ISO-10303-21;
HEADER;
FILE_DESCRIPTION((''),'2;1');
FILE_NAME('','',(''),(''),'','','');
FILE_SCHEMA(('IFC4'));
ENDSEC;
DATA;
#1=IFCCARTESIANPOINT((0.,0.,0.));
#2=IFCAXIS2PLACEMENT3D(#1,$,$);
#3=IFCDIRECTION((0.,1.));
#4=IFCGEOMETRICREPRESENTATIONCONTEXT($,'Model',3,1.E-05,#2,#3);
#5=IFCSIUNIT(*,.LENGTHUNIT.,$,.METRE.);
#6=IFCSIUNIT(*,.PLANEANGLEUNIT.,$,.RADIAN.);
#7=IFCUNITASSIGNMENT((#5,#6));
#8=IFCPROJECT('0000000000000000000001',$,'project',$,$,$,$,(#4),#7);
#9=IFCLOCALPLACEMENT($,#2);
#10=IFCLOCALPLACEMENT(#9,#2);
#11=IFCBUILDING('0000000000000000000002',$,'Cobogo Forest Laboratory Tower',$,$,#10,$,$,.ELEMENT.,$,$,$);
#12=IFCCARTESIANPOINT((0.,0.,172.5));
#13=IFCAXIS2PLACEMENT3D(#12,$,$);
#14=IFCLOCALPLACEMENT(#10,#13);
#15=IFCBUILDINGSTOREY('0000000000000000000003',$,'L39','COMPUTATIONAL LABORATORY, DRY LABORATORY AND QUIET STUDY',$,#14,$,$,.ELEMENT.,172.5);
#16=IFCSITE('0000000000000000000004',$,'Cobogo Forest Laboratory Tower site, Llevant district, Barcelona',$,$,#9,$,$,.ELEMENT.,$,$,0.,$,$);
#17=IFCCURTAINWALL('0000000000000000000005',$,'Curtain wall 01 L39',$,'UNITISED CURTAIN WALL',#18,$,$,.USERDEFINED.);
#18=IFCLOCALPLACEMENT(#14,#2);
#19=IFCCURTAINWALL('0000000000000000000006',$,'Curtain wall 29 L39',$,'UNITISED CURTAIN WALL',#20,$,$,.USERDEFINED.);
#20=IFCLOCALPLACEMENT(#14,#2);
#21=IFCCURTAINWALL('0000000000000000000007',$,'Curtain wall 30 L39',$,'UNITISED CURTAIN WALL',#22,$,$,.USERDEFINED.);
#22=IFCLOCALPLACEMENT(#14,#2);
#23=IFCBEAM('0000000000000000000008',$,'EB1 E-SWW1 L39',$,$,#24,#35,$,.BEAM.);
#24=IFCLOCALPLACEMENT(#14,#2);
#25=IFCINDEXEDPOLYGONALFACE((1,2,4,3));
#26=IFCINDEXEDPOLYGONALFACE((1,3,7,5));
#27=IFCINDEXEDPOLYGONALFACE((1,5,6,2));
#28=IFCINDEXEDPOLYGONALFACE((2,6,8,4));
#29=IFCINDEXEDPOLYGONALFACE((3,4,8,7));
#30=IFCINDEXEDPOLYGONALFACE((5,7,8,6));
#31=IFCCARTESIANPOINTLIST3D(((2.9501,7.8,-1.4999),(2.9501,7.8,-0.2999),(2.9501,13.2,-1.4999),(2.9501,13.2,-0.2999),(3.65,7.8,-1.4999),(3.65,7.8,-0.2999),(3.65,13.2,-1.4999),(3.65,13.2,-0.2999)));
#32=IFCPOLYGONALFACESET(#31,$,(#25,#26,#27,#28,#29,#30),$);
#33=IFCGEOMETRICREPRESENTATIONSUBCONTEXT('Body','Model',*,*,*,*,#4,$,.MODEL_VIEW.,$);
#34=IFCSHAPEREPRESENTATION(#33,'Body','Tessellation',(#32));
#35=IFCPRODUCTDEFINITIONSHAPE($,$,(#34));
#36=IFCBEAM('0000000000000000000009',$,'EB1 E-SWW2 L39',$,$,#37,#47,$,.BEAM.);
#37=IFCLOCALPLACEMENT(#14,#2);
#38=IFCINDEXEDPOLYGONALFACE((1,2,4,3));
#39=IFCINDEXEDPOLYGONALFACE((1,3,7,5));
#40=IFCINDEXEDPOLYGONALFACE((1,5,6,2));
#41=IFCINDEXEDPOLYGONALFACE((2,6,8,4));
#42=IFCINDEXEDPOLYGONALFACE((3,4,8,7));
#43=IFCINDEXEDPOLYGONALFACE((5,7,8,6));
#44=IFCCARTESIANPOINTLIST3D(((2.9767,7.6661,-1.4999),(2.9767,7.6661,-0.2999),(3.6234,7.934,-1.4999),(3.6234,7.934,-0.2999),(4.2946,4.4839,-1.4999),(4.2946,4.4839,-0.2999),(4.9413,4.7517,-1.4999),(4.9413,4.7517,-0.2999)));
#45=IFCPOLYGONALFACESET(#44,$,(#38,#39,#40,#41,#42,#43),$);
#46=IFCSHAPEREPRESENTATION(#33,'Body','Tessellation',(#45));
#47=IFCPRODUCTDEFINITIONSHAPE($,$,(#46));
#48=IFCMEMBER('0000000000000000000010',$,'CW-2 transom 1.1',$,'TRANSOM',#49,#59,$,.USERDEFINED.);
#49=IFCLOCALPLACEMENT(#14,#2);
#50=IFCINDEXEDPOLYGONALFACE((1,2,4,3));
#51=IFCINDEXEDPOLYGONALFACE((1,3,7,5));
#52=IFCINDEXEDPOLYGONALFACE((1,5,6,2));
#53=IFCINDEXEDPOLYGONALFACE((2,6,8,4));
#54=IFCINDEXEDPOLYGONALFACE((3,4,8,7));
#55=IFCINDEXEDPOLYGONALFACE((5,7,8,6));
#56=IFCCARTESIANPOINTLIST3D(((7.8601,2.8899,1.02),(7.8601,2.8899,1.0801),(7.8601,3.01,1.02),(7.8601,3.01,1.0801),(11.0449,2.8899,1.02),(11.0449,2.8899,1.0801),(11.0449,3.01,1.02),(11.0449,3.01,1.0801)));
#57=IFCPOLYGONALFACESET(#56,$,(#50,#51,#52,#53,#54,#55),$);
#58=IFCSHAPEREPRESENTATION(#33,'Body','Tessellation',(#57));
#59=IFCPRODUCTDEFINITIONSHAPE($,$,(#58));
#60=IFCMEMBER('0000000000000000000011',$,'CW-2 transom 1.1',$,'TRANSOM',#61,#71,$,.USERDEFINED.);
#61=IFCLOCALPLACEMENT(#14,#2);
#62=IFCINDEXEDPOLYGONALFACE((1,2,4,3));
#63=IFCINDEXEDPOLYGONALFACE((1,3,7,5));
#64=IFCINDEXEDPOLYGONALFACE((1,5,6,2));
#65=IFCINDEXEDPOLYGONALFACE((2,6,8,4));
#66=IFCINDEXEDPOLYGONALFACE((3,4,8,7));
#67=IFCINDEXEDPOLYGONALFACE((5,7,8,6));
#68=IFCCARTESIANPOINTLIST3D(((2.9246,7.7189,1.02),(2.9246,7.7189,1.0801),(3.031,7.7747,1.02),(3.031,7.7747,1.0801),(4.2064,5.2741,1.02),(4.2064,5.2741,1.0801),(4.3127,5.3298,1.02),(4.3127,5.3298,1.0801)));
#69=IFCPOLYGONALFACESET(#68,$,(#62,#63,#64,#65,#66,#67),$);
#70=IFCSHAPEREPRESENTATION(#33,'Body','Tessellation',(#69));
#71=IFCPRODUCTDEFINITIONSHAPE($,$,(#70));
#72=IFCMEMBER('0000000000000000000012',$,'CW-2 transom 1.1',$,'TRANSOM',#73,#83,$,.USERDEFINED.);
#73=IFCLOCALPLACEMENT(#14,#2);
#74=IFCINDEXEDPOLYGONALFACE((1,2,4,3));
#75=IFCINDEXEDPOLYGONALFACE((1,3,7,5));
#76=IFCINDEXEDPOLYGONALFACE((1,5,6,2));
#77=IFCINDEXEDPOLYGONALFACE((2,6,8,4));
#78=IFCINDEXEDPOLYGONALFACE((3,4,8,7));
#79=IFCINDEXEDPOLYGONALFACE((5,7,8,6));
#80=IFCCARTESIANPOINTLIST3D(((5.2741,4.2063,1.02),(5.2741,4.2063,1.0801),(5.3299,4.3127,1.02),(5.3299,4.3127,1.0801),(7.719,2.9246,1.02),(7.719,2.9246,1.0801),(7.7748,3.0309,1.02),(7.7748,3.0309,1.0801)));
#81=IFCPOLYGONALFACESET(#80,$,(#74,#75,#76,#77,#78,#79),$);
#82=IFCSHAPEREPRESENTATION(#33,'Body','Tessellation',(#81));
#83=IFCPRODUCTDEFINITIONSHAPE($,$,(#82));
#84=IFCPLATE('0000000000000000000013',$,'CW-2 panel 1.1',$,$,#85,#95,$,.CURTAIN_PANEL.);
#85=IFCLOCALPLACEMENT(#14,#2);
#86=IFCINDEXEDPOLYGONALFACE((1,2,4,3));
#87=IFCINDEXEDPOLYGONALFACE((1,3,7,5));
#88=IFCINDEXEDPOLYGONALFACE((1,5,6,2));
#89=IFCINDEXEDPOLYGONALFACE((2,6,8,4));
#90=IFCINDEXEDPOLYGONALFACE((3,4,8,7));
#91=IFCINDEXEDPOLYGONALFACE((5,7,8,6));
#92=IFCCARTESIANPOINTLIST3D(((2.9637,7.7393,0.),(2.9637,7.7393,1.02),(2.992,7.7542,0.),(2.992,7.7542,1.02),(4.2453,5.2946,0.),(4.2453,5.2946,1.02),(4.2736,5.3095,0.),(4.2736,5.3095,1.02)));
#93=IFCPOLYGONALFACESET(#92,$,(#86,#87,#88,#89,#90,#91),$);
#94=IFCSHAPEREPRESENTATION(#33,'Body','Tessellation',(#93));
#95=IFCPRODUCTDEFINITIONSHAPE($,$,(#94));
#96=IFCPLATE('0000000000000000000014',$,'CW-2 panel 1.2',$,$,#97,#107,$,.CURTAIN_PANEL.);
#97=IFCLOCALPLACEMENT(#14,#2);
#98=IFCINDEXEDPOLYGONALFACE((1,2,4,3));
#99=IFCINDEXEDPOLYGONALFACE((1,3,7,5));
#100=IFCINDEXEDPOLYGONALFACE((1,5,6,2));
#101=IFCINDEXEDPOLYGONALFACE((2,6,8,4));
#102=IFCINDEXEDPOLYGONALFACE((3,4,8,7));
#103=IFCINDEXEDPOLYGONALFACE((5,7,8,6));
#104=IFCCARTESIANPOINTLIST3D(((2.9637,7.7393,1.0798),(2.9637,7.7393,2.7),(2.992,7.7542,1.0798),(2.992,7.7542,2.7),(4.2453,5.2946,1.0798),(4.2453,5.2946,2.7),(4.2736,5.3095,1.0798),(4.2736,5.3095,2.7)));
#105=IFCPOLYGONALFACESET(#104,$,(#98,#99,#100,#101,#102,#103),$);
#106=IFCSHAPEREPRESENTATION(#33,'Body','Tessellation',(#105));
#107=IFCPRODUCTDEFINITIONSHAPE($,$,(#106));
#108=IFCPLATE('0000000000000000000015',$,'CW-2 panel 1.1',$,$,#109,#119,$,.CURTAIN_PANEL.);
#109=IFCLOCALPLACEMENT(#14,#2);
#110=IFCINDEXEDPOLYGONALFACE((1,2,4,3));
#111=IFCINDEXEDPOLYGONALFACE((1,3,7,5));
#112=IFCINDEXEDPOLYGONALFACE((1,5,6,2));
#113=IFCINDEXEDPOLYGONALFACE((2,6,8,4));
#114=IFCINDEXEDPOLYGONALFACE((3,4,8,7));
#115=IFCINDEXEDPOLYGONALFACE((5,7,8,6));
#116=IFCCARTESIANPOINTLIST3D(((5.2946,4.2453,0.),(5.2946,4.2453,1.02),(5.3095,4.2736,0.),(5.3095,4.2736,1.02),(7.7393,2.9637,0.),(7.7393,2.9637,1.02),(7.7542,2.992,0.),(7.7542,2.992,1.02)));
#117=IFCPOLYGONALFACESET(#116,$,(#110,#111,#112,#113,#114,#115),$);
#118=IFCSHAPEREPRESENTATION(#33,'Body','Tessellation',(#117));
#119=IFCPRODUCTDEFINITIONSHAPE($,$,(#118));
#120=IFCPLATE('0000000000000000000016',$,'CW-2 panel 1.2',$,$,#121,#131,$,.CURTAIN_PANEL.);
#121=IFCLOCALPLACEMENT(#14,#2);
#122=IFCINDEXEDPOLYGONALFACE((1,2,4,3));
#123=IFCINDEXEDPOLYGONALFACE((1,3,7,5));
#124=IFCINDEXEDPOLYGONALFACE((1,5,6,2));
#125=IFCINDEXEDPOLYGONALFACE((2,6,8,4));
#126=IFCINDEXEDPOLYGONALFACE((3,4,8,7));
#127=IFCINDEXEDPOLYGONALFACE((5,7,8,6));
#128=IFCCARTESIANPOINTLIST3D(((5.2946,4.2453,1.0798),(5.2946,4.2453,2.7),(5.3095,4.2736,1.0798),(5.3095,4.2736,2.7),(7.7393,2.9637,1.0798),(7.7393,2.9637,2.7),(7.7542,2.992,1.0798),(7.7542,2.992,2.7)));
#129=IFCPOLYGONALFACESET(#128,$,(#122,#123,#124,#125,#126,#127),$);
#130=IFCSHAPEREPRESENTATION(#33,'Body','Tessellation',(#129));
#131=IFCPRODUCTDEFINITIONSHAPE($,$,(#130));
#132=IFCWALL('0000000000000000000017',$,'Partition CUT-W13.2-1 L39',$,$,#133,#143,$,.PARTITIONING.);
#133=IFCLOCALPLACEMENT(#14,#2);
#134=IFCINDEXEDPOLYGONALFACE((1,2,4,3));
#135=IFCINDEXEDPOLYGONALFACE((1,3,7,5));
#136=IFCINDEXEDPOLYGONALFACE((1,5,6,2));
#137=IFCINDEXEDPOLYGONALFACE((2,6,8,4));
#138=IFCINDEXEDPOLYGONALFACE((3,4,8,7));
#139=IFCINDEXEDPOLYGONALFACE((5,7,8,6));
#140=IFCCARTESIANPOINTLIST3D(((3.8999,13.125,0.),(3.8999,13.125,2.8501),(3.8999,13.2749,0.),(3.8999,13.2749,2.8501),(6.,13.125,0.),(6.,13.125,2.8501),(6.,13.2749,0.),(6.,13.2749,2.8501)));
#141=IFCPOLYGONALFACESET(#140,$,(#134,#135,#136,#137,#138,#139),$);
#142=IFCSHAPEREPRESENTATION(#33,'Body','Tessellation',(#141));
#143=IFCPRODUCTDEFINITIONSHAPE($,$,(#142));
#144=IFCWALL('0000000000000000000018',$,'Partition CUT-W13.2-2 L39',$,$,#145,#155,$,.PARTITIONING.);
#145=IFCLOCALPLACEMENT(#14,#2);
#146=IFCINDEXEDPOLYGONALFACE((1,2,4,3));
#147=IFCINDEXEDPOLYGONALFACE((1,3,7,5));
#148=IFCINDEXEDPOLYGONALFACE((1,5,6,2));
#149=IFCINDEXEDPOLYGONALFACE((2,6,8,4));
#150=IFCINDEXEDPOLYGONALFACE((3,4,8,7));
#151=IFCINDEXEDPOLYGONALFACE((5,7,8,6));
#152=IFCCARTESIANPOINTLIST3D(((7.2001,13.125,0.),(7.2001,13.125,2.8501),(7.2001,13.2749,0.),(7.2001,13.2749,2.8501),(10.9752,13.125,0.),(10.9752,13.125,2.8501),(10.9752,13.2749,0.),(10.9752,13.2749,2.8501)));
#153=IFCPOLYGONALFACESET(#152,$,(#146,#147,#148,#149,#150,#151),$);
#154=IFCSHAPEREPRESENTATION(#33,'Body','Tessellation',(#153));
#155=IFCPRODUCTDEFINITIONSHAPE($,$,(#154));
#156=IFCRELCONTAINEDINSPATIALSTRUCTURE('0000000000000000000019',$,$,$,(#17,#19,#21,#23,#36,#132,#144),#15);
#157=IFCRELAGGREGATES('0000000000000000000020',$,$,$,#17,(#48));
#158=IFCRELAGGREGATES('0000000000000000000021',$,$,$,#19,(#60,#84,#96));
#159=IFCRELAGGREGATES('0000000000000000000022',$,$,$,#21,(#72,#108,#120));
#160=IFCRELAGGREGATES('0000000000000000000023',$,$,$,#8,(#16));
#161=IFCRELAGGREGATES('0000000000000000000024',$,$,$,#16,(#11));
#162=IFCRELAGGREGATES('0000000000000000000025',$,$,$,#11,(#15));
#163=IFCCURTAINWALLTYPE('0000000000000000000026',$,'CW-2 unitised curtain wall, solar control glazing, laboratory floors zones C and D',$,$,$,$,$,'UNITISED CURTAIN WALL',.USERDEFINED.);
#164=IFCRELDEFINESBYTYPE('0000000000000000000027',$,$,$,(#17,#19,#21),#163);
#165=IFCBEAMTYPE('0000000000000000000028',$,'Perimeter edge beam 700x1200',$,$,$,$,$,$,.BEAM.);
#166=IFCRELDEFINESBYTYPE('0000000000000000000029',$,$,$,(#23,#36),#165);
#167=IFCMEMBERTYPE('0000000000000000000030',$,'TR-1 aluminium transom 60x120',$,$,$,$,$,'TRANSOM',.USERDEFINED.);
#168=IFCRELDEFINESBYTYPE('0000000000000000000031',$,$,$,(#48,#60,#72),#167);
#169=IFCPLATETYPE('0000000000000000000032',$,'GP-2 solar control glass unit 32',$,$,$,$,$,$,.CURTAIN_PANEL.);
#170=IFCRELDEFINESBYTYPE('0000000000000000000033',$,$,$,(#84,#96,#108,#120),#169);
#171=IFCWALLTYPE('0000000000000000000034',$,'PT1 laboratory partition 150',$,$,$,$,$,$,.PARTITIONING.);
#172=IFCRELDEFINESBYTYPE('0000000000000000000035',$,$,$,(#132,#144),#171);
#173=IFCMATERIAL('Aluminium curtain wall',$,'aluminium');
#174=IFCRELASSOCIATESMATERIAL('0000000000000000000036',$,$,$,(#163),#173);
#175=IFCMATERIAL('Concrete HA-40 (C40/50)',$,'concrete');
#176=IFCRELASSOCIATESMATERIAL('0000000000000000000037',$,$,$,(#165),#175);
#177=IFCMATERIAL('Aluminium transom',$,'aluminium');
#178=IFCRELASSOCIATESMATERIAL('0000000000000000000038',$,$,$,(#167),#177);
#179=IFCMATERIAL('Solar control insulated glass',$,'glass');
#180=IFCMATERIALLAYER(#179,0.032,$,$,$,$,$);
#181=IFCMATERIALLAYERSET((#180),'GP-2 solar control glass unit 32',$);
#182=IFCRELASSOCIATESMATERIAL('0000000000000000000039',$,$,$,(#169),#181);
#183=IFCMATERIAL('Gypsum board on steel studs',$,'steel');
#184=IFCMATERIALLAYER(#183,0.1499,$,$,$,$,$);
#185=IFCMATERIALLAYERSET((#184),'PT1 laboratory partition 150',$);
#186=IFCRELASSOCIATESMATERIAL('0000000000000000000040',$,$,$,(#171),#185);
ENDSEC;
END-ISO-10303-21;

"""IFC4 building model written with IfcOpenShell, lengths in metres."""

from ifc_helpers import new_model, si_unit, direction, frame, frame_2d, origin, origin_2d, place, context, subcontext, project, spatial, rectangle, extrude, material, layer, layer_set, material_profile, profile_set, type_object, element, aggregate, save


model = new_model("IFC4")

# Units and contexts
model_context = context("Model", 3, precision=1e-05, world=origin(), true_north=direction((0.0, 1.0)))
body_context = subcontext(model_context, "Body", "Model", "MODEL_VIEW")
ifc_project = project(units=[si_unit("LENGTHUNIT", "METRE"), si_unit("PLANEANGLEUNIT", "RADIAN")], contexts=[model_context])

# Site, building, storey
site_placement = place(None, origin())
site = spatial("IfcSite", under=ifc_project, at=site_placement, Name="Cobogo Forest Laboratory Tower site, Llevant district, Barcelona", CompositionType="ELEMENT", RefElevation=0.0)
building_placement = place(site_placement, origin())
building = spatial("IfcBuilding", under=site, at=building_placement, Name="Cobogo Forest Laboratory Tower", CompositionType="ELEMENT")
storey_placement = place(building_placement, frame((0.0, 0.0, 172.5)))
storey = spatial("IfcBuildingStorey", under=building, at=storey_placement, Name="L39", Description="COMPUTATIONAL LABORATORY, DRY LABORATORY AND QUIET STUDY", CompositionType="ELEMENT", Elevation=172.5)

# Shared definitions
ifc_material_1 = material(Name="Concrete HA-40 (C40/50)", Category="concrete")

# Curtain wall
ifc_material_2 = material(Name="Aluminium curtain wall", Category="aluminium")
curtain_wall_type = type_object("IfcCurtainWallType", Name="CW-2 unitised curtain wall, solar control glazing, laboratory floors zones C and D", ElementType="UNITISED CURTAIN WALL", PredefinedType="USERDEFINED", material=ifc_material_2)
curtain_wall_1_placement = place(storey_placement, origin())
curtain_wall_1 = element("IfcCurtainWall", 1, at=curtain_wall_1_placement, inside=storey, type_object=curtain_wall_type, Name="Curtain wall 01 L39", ObjectType="UNITISED CURTAIN WALL", PredefinedType="USERDEFINED")

# Curtain walls
curtain_wall_2_placement = place(storey_placement, origin())
curtain_wall_2 = element("IfcCurtainWall", 2, at=curtain_wall_2_placement, inside=storey, type_object=curtain_wall_type, Name="Curtain wall 29 L39", ObjectType="UNITISED CURTAIN WALL", PredefinedType="USERDEFINED")
curtain_wall_3_placement = place(storey_placement, origin())
curtain_wall_3 = element("IfcCurtainWall", 3, at=curtain_wall_3_placement, inside=storey, type_object=curtain_wall_type, Name="Curtain wall 30 L39", ObjectType="UNITISED CURTAIN WALL", PredefinedType="USERDEFINED")

# Beams
ifc_material_profile_1 = material_profile(ifc_material_1, rectangle(XDim=0.7, YDim=1.2, at=origin_2d()), Name="RC 700x1200")
ifc_profile_set_1 = profile_set([ifc_material_profile_1], Name="Concrete HA-40 (C40/50)")
beam_type_1 = type_object("IfcBeamType", Name="Perimeter edge beam 700x1200", PredefinedType="BEAM", material=ifc_profile_set_1)
beam_1_placement = place(storey_placement, frame((3.3, 13.2, -0.8999), z_axis=(0.0, -1.0, 0.0), x_axis=(1.0, 0.0, 0.0)))
element("IfcBeam", 4, at=beam_1_placement, inside=storey, type_object=beam_type_1, Name="EB1 E-SWW1 L39", PredefinedType="BEAM", context=body_context, shape_type="SweptSolid", body=[
    extrude(rectangle(XDim=0.7, YDim=1.2, at=origin_2d()), origin(), (0.0, 0.0, 1.0), 5.3999),
])
beam_2_placement = place(storey_placement, frame((3.3, 7.8, -0.8999), z_axis=(0.382631, -0.923901, 0.0), x_axis=(0.923901, 0.382631, 0.0)))
element("IfcBeam", 5, at=beam_2_placement, inside=storey, type_object=beam_type_1, Name="EB1 E-SWW2 L39", PredefinedType="BEAM", context=body_context, shape_type="SweptSolid", body=[
    extrude(rectangle(XDim=0.7, YDim=1.2, at=origin_2d()), origin(), (0.0, 0.0, 1.0), 3.4443),
])

# Members
ifc_material_3 = material(Name="Aluminium transom", Category="aluminium")
ifc_material_profile_2 = material_profile(ifc_material_3, rectangle(XDim=0.1201, YDim=0.0601, at=origin_2d()), Name="AL 60x120")
ifc_profile_set_2 = profile_set([ifc_material_profile_2], Name="Aluminium transom")
member_type_1 = type_object("IfcMemberType", Name="TR-1 aluminium transom 60x120", ElementType="TRANSOM", PredefinedType="USERDEFINED", material=ifc_profile_set_2)
member_1_placement = place(storey_placement, frame((7.8601, 2.95, 1.05), z_axis=(1.0, 0.0, 0.0), x_axis=(0.0, 1.0, 0.0)))
member_1 = element("IfcMember", 6, at=member_1_placement, type_object=member_type_1, Name="CW-2 transom 1.1", ObjectType="TRANSOM", PredefinedType="USERDEFINED", context=body_context, shape_type="SweptSolid", body=[
    extrude(rectangle(XDim=0.1201, YDim=0.0601, at=origin_2d()), origin(), (0.0, 0.0, 1.0), 3.1848),
])
aggregate(curtain_wall_1, [member_1])
member_2_placement = place(storey_placement, frame((2.9778, 7.7468, 1.05), z_axis=(0.464324, -0.885665, 0.0), x_axis=(0.885665, 0.464324, 0.0)))
member_2 = element("IfcMember", 7, at=member_2_placement, type_object=member_type_1, Name="CW-2 transom 1.1", ObjectType="TRANSOM", PredefinedType="USERDEFINED", context=body_context, shape_type="SweptSolid", body=[
    extrude(rectangle(XDim=0.1201, YDim=0.0601, at=origin_2d()), origin(), (0.0, 0.0, 1.0), 2.7605),
])
member_3_placement = place(storey_placement, frame((5.302, 4.2595, 1.05), z_axis=(0.885665, -0.464324, 0.0), x_axis=(0.464324, 0.885665, 0.0)))
member_3 = element("IfcMember", 8, at=member_3_placement, type_object=member_type_1, Name="CW-2 transom 1.1", ObjectType="TRANSOM", PredefinedType="USERDEFINED", context=body_context, shape_type="SweptSolid", body=[
    extrude(rectangle(XDim=0.1201, YDim=0.0601, at=origin_2d()), origin(), (0.0, 0.0, 1.0), 2.7605),
])

# Plates
ifc_material_4 = material(Name="Solar control insulated glass", Category="glass")
ifc_layer_1 = layer(ifc_material_4, 0.032)
ifc_layer_set_1 = layer_set([ifc_layer_1], Name="GP-2 solar control glass unit 32")
plate_type = type_object("IfcPlateType", Name="GP-2 solar control glass unit 32", PredefinedType="CURTAIN_PANEL", material=ifc_layer_set_1)
plate_1_placement = place(storey_placement, frame((3.6187, 6.5244, 0.0), z_axis=(0.0, 0.0, 1.0), x_axis=(0.464284, -0.885686, 0.0)))
plate_1 = element("IfcPlate", 9, at=plate_1_placement, type_object=plate_type, Name="CW-2 panel 1.1", PredefinedType="CURTAIN_PANEL", context=body_context, shape_type="SweptSolid", body=[
    extrude(rectangle(XDim=2.7603, YDim=0.032, at=origin_2d()), origin(), (0.0, 0.0, 1.0), 1.02),
])
plate_2_placement = place(storey_placement, frame((3.6187, 6.5244, 1.0798), z_axis=(0.0, 0.0, 1.0), x_axis=(0.464284, -0.885686, 0.0)))
plate_2 = element("IfcPlate", 10, at=plate_2_placement, type_object=plate_type, Name="CW-2 panel 1.2", PredefinedType="CURTAIN_PANEL", context=body_context, shape_type="SweptSolid", body=[
    extrude(rectangle(XDim=2.7603, YDim=0.032, at=origin_2d()), origin(), (0.0, 0.0, 1.0), 1.6201),
])
aggregate(curtain_wall_2, [member_2, plate_1, plate_2])
plate_3_placement = place(storey_placement, frame((6.5244, 3.6187, 0.0), z_axis=(0.0, 0.0, 1.0), x_axis=(0.885686, -0.464284, 0.0)))
plate_3 = element("IfcPlate", 11, at=plate_3_placement, type_object=plate_type, Name="CW-2 panel 1.1", PredefinedType="CURTAIN_PANEL", context=body_context, shape_type="SweptSolid", body=[
    extrude(rectangle(XDim=2.7603, YDim=0.032, at=origin_2d()), origin(), (0.0, 0.0, 1.0), 1.02),
])
plate_4_placement = place(storey_placement, frame((6.5244, 3.6187, 1.0798), z_axis=(0.0, 0.0, 1.0), x_axis=(0.885686, -0.464284, 0.0)))
plate_4 = element("IfcPlate", 12, at=plate_4_placement, type_object=plate_type, Name="CW-2 panel 1.2", PredefinedType="CURTAIN_PANEL", context=body_context, shape_type="SweptSolid", body=[
    extrude(rectangle(XDim=2.7603, YDim=0.032, at=origin_2d()), origin(), (0.0, 0.0, 1.0), 1.6201),
])
aggregate(curtain_wall_3, [member_3, plate_3, plate_4])

# Walls
ifc_material_5 = material(Name="Gypsum board on steel studs", Category="steel")
ifc_layer_2 = layer(ifc_material_5, 0.1499)
ifc_layer_set_2 = layer_set([ifc_layer_2], Name="PT1 laboratory partition 150")
wall_type = type_object("IfcWallType", Name="PT1 laboratory partition 150", PredefinedType="PARTITIONING", material=ifc_layer_set_2)
wall_1_placement = place(storey_placement, frame((3.8999, 13.2, 0.0), z_axis=(0.0, 0.0, 1.0), x_axis=(1.0, 0.0, 0.0)))
element("IfcWall", 13, at=wall_1_placement, inside=storey, type_object=wall_type, Name="Partition CUT-W13.2-1 L39", PredefinedType="PARTITIONING", context=body_context, shape_type="SweptSolid", body=[
    extrude(rectangle(XDim=2.1001, YDim=0.1499, at=frame_2d((1.05, 0.0))), origin(), (0.0, 0.0, 1.0), 2.8501),
])
wall_2_placement = place(storey_placement, frame((7.2, 13.2, 0.0), z_axis=(0.0, 0.0, 1.0), x_axis=(1.0, 0.0, 0.0)))
element("IfcWall", 14, at=wall_2_placement, inside=storey, type_object=wall_type, Name="Partition CUT-W13.2-2 L39", PredefinedType="PARTITIONING", context=body_context, shape_type="SweptSolid", body=[
    extrude(rectangle(XDim=3.7751, YDim=0.1499, at=frame_2d((1.8877, 0.0))), origin(), (0.0, 0.0, 1.0), 2.8501),
])

save(model, "model.ifc")
